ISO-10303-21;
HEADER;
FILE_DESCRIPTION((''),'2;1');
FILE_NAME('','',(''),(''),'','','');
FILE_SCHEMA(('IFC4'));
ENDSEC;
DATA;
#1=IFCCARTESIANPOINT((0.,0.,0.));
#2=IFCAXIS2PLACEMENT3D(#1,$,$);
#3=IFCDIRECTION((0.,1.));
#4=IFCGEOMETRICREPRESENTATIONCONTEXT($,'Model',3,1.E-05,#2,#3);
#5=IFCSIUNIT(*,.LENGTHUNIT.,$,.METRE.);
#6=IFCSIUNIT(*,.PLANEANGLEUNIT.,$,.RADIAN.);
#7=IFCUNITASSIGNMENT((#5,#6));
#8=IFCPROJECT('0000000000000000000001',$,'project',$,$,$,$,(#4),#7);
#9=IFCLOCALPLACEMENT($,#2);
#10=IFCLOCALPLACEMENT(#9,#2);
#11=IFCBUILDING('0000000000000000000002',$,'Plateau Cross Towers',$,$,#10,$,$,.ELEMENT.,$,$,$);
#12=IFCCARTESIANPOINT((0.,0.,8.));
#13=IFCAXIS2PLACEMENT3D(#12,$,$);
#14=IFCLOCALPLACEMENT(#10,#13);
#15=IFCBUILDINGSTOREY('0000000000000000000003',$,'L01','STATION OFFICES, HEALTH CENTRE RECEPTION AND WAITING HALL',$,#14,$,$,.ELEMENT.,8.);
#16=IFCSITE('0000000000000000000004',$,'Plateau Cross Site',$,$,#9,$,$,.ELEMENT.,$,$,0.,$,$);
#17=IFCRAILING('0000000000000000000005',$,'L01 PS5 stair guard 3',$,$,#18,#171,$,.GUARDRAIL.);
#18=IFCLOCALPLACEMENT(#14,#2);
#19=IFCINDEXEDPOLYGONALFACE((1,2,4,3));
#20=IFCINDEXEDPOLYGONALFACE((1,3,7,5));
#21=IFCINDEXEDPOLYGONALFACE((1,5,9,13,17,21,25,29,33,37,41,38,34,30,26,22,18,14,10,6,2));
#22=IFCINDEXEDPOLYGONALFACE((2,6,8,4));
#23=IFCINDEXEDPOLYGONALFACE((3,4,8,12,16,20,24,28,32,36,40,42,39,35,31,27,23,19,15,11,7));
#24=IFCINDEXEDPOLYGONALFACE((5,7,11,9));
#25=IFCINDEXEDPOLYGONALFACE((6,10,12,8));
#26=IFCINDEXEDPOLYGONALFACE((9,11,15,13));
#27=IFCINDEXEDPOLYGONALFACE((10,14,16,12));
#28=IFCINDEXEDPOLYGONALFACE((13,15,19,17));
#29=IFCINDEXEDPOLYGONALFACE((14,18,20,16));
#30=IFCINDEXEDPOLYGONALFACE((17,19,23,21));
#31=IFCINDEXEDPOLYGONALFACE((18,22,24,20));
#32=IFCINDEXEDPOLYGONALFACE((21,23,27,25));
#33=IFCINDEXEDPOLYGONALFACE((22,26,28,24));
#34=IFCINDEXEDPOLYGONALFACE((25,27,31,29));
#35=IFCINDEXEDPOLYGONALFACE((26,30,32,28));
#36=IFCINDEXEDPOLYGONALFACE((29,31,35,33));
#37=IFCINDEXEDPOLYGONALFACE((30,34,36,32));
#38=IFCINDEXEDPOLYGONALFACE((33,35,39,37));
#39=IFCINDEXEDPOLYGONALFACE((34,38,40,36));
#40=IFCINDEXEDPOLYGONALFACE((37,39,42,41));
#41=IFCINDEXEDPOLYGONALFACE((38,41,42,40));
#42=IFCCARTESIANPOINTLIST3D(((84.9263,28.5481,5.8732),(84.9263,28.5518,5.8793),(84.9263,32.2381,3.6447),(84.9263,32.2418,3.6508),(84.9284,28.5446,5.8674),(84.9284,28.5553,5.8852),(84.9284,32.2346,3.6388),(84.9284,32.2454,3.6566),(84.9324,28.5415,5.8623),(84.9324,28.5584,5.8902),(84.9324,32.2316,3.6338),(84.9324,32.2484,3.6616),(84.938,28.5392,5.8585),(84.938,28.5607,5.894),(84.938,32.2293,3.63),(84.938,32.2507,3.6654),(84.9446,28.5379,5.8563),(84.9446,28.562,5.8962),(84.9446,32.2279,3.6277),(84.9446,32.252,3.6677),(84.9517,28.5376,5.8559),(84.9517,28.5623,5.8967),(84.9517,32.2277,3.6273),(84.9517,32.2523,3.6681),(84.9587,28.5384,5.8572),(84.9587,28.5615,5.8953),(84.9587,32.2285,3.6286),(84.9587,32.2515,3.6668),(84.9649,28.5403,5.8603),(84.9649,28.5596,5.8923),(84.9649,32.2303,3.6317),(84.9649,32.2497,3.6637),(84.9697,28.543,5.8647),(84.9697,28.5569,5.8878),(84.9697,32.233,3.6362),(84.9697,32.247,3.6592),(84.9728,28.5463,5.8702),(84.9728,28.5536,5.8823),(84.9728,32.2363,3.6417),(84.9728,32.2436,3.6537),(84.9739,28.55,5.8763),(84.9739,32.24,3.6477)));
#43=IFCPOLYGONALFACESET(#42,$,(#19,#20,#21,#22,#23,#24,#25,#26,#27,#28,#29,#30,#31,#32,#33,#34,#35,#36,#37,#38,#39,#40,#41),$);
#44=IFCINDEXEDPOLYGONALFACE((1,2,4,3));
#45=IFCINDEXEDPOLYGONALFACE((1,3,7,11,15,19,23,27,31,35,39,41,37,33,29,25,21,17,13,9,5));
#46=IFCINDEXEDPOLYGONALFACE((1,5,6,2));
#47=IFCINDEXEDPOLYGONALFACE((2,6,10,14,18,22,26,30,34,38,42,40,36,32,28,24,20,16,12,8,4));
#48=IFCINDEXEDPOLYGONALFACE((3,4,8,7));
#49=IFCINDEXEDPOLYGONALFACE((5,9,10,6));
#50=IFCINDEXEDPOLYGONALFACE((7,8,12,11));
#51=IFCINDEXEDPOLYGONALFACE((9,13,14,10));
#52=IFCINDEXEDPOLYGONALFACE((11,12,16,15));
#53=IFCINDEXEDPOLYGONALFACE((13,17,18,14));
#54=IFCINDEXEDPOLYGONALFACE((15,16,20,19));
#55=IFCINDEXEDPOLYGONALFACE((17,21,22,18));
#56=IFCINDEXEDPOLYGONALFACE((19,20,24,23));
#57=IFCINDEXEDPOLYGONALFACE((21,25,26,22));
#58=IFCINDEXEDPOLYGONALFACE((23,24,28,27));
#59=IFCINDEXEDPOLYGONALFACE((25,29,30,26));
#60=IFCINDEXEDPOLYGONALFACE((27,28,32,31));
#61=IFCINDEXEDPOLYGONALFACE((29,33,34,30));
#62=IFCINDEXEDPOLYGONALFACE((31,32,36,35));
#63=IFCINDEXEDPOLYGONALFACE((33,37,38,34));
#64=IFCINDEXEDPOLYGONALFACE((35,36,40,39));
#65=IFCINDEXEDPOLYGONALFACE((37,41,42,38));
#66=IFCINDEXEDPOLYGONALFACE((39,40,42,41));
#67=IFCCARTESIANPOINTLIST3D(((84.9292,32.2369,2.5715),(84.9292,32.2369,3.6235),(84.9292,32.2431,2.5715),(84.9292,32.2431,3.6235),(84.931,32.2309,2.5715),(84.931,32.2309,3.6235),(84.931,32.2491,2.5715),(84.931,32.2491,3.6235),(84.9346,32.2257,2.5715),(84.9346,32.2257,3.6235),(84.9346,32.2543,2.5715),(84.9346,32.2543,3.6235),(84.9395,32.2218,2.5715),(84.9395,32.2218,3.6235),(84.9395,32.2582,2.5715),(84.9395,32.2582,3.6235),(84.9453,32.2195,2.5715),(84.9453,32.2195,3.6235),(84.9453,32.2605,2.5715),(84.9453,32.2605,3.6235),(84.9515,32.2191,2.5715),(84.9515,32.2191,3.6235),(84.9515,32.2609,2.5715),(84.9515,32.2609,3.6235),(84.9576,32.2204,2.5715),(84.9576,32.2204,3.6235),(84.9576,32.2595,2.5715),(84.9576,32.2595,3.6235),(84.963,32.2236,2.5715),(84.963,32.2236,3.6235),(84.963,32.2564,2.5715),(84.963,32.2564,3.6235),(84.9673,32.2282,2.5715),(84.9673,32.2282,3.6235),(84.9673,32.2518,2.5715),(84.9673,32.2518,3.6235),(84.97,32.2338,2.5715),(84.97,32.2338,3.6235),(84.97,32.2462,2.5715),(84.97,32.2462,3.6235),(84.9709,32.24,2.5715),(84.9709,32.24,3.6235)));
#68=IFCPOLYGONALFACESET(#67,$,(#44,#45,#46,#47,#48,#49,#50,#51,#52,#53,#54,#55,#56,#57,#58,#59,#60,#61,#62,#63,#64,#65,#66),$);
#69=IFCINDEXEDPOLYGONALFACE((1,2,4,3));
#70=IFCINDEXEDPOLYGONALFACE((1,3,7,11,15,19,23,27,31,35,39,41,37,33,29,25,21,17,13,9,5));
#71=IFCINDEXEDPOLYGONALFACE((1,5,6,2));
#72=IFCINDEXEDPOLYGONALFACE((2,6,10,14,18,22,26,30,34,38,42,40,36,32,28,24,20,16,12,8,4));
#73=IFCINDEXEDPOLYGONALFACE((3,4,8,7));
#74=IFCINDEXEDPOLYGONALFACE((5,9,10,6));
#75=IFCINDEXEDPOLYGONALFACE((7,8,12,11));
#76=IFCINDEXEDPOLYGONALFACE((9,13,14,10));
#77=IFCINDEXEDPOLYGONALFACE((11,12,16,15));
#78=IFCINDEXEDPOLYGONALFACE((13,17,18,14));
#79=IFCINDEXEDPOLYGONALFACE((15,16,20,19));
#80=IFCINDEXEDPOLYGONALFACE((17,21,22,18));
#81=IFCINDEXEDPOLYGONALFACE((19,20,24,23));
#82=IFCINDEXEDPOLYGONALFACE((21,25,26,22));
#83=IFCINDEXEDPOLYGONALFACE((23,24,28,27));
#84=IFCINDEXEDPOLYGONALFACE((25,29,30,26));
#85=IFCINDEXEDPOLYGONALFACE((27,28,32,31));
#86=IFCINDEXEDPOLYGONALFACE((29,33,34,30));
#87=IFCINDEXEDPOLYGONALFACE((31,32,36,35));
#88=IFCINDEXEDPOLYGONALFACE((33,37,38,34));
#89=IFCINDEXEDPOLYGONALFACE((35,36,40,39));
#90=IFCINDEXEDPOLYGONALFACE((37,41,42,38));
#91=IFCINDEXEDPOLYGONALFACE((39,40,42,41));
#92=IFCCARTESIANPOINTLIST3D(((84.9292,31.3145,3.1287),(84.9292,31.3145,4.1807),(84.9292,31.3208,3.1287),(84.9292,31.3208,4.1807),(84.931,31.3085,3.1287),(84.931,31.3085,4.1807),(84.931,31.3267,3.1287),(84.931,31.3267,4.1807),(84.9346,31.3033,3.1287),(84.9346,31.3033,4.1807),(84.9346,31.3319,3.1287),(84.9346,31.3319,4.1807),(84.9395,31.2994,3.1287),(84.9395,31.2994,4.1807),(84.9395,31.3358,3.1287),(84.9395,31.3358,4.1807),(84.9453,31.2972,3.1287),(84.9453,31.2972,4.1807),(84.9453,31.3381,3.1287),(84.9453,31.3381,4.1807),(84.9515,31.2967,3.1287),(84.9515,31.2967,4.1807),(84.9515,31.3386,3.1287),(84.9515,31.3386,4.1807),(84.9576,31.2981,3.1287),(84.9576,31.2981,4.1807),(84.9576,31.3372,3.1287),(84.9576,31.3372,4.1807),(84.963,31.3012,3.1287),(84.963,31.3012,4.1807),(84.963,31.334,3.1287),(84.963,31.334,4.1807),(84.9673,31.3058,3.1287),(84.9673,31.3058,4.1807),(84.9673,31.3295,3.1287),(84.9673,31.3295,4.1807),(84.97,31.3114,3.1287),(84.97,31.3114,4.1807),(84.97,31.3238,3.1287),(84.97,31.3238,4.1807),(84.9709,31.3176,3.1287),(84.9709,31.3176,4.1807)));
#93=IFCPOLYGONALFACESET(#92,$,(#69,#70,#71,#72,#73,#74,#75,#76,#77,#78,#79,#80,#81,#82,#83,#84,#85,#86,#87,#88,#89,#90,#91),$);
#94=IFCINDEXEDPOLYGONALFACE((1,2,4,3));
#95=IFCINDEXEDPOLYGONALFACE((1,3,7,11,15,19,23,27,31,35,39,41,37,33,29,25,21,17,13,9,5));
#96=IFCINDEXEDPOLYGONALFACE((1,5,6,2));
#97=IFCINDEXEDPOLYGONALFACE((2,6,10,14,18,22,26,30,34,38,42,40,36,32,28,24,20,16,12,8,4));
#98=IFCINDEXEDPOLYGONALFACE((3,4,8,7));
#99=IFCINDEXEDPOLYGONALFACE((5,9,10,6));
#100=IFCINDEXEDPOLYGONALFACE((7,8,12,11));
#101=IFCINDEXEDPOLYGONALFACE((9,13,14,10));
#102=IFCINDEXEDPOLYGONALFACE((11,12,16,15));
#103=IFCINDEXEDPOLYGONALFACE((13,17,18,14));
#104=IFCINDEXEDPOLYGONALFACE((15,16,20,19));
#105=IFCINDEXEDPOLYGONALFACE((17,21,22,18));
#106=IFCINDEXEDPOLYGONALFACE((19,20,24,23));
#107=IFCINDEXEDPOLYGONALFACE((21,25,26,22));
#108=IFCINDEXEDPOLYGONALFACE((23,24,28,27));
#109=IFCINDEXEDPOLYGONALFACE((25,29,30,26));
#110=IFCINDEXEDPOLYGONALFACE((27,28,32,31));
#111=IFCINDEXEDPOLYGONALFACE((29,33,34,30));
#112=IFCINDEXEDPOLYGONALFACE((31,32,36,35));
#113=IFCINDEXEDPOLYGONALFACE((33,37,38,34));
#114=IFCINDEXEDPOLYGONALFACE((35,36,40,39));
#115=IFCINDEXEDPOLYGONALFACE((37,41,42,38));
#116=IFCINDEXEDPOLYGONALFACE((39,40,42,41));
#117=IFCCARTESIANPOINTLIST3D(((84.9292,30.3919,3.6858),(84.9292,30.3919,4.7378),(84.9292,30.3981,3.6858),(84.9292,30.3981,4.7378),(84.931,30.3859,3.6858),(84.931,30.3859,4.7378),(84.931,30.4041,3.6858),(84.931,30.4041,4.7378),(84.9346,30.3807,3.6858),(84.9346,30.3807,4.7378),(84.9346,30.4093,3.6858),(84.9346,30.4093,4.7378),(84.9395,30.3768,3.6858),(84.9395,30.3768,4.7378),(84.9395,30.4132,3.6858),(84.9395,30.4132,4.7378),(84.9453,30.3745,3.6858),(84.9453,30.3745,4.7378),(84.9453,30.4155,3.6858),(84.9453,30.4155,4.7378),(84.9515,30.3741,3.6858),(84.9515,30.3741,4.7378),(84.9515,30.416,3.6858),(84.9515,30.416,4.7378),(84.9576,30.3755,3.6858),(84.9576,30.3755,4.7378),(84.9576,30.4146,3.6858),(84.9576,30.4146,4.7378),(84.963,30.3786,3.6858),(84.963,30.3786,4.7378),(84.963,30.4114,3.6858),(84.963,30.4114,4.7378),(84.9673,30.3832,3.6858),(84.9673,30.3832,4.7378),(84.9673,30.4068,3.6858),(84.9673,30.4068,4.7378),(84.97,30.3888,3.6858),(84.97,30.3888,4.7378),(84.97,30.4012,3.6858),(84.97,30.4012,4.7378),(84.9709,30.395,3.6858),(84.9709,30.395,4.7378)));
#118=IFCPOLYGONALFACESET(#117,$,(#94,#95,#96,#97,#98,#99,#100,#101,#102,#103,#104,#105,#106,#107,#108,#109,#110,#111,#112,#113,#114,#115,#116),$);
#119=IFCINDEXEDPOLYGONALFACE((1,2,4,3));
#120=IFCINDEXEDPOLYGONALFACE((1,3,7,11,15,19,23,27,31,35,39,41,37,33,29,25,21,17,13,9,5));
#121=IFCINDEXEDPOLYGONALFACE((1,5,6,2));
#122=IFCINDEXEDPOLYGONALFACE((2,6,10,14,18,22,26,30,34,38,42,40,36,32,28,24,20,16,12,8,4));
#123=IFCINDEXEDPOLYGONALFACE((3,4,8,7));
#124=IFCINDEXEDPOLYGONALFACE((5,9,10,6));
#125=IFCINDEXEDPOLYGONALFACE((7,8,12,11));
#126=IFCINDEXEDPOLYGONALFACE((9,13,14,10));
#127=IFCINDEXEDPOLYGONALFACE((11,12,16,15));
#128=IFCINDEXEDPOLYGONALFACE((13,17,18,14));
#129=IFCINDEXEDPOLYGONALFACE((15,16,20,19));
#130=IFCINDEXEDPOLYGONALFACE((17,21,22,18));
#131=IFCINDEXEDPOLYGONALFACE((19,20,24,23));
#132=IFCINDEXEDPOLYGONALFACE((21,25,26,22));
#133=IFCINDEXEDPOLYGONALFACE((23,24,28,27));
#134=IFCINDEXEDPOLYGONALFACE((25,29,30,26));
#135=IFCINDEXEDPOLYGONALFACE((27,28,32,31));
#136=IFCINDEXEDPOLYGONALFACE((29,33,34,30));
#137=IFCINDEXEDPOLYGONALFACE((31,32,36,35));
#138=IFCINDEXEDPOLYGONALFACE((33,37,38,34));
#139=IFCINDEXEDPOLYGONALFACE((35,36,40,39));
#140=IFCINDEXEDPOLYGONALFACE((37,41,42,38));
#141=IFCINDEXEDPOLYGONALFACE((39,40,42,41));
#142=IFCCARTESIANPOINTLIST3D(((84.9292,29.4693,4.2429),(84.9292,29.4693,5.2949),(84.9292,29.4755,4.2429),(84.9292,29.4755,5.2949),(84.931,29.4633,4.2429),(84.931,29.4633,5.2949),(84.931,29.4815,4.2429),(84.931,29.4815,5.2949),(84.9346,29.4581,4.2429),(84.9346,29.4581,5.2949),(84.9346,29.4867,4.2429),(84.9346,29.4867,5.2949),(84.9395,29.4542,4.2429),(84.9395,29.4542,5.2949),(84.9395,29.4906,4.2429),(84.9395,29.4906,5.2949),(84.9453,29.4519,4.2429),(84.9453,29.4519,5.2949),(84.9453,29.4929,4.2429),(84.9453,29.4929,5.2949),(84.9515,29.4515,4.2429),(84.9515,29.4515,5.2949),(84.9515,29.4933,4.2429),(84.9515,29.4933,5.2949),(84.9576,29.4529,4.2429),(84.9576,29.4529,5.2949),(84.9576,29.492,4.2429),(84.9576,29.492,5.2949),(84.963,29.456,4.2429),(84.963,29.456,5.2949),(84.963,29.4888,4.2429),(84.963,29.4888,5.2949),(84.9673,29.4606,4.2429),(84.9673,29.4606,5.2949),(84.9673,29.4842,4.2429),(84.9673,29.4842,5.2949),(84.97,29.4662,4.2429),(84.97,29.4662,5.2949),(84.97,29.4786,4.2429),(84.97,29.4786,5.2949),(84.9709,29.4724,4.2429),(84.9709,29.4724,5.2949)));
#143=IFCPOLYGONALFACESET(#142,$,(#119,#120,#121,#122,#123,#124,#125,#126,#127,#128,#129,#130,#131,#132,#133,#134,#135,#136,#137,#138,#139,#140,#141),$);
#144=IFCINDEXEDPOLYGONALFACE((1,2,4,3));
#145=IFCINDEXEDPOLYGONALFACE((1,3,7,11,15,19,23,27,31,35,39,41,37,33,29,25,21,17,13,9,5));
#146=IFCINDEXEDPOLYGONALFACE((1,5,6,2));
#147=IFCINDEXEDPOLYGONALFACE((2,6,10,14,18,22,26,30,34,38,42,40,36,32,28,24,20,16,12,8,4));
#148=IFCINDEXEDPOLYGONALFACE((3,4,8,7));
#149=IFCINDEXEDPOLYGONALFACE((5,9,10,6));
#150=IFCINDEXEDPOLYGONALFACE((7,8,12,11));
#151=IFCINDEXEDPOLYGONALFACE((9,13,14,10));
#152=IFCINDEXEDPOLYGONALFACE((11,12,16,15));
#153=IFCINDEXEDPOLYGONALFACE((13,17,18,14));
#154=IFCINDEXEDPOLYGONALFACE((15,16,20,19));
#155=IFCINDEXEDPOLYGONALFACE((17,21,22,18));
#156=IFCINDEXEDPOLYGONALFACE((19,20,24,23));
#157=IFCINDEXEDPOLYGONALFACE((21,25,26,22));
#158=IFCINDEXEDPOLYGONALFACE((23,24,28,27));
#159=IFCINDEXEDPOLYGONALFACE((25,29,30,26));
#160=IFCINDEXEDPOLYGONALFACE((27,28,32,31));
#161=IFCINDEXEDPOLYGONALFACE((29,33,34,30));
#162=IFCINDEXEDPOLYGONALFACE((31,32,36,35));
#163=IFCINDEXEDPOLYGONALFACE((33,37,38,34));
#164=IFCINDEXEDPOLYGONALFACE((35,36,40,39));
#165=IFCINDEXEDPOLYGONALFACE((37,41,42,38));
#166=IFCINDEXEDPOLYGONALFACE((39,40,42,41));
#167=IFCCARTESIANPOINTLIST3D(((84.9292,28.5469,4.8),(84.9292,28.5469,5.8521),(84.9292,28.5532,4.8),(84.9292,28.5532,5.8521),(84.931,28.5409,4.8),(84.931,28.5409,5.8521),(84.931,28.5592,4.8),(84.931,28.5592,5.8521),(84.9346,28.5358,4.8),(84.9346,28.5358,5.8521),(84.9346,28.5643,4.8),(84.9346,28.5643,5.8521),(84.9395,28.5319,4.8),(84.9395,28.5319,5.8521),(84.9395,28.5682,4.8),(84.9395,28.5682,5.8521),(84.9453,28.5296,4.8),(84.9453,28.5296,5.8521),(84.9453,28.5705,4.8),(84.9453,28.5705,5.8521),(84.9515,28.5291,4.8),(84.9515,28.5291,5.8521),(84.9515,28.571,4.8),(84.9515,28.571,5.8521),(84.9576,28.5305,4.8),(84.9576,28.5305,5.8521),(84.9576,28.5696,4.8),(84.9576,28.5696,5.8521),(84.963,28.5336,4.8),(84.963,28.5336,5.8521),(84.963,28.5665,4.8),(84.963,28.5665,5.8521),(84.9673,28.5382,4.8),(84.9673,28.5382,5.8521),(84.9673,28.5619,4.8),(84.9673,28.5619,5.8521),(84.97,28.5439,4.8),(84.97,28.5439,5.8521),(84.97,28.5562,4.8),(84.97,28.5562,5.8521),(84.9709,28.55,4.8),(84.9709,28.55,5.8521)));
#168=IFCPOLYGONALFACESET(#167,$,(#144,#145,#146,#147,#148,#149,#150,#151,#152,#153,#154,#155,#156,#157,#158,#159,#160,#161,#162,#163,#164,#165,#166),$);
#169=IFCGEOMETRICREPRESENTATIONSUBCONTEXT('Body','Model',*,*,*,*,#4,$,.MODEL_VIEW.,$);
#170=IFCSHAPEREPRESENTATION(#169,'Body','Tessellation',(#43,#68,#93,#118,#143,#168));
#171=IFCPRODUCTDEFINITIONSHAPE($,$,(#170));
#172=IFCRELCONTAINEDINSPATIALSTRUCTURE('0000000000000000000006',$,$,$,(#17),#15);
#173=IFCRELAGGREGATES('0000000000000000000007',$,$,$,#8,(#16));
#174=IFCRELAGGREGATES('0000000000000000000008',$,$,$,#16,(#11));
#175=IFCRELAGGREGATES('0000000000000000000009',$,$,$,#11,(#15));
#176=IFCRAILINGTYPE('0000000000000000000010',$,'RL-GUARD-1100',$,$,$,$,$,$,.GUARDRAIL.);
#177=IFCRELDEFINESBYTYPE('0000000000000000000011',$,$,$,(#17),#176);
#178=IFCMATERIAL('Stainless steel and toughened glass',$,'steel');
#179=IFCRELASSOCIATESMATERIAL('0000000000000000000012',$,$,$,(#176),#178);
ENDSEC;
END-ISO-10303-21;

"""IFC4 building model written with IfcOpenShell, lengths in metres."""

from ifc_helpers import new_model, si_unit, direction, frame, origin, origin_2d, place, context, subcontext, project, spatial, circle, extrude, material, type_object, element, save


model = new_model("IFC4")

# Units and contexts
model_context = context("Model", 3, precision=1e-05, world=origin(), true_north=direction((0.0, 1.0)))
body_context = subcontext(model_context, "Body", "Model", "MODEL_VIEW")
ifc_project = project(units=[si_unit("LENGTHUNIT", "METRE"), si_unit("PLANEANGLEUNIT", "RADIAN")], contexts=[model_context])

# Site, building, storey
site_placement = place(None, origin())
site = spatial("IfcSite", under=ifc_project, at=site_placement, Name="Plateau Cross Site", CompositionType="ELEMENT", RefElevation=0.0)
building_placement = place(site_placement, origin())
building = spatial("IfcBuilding", under=site, at=building_placement, Name="Plateau Cross Towers", CompositionType="ELEMENT")
storey_placement = place(building_placement, frame((0.0, 0.0, 8.0)))
storey = spatial("IfcBuildingStorey", under=building, at=storey_placement, Name="L01", Description="STATION OFFICES, HEALTH CENTRE RECEPTION AND WAITING HALL", CompositionType="ELEMENT", Elevation=8.0)

# Railing
ifc_material_1 = material(Name="Stainless steel and toughened glass", Category="steel")
railing_type_1 = type_object("IfcRailingType", Name="RL-GUARD-1100", PredefinedType="GUARDRAIL", material=ifc_material_1)
railing_1_placement = place(storey_placement, frame((84.95, 32.24, 2.5715)))
element("IfcRailing", 1, at=railing_1_placement, inside=storey, type_object=railing_type_1, Name="L01 PS5 stair guard 3", PredefinedType="GUARDRAIL", context=body_context, shape_type="SweptSolid", body=[
    extrude(circle(Radius=0.0239, at=origin_2d()), frame((0.0, 0.0, 1.0762), z_axis=(0.0, -0.856, 0.516976), x_axis=(1.0, 0.0, 0.0)), (0.0, 0.0, 1.0), 4.3108),
    extrude(circle(Radius=0.021, at=origin_2d()), origin(), (0.0, 0.0, 1.0), 1.052),
    extrude(circle(Radius=0.021, at=origin_2d()), frame((0.0, -0.9224, 0.5571)), (0.0, 0.0, 1.0), 1.052),
    extrude(circle(Radius=0.021, at=origin_2d()), frame((0.0, -1.845, 1.1143)), (0.0, 0.0, 1.0), 1.052),
    extrude(circle(Radius=0.021, at=origin_2d()), frame((0.0, -2.7676, 1.6714)), (0.0, 0.0, 1.0), 1.052),
    extrude(circle(Radius=0.021, at=origin_2d()), frame((0.0, -3.6899, 2.2285)), (0.0, 0.0, 1.0), 1.052),
])

save(model, "model.ifc")
